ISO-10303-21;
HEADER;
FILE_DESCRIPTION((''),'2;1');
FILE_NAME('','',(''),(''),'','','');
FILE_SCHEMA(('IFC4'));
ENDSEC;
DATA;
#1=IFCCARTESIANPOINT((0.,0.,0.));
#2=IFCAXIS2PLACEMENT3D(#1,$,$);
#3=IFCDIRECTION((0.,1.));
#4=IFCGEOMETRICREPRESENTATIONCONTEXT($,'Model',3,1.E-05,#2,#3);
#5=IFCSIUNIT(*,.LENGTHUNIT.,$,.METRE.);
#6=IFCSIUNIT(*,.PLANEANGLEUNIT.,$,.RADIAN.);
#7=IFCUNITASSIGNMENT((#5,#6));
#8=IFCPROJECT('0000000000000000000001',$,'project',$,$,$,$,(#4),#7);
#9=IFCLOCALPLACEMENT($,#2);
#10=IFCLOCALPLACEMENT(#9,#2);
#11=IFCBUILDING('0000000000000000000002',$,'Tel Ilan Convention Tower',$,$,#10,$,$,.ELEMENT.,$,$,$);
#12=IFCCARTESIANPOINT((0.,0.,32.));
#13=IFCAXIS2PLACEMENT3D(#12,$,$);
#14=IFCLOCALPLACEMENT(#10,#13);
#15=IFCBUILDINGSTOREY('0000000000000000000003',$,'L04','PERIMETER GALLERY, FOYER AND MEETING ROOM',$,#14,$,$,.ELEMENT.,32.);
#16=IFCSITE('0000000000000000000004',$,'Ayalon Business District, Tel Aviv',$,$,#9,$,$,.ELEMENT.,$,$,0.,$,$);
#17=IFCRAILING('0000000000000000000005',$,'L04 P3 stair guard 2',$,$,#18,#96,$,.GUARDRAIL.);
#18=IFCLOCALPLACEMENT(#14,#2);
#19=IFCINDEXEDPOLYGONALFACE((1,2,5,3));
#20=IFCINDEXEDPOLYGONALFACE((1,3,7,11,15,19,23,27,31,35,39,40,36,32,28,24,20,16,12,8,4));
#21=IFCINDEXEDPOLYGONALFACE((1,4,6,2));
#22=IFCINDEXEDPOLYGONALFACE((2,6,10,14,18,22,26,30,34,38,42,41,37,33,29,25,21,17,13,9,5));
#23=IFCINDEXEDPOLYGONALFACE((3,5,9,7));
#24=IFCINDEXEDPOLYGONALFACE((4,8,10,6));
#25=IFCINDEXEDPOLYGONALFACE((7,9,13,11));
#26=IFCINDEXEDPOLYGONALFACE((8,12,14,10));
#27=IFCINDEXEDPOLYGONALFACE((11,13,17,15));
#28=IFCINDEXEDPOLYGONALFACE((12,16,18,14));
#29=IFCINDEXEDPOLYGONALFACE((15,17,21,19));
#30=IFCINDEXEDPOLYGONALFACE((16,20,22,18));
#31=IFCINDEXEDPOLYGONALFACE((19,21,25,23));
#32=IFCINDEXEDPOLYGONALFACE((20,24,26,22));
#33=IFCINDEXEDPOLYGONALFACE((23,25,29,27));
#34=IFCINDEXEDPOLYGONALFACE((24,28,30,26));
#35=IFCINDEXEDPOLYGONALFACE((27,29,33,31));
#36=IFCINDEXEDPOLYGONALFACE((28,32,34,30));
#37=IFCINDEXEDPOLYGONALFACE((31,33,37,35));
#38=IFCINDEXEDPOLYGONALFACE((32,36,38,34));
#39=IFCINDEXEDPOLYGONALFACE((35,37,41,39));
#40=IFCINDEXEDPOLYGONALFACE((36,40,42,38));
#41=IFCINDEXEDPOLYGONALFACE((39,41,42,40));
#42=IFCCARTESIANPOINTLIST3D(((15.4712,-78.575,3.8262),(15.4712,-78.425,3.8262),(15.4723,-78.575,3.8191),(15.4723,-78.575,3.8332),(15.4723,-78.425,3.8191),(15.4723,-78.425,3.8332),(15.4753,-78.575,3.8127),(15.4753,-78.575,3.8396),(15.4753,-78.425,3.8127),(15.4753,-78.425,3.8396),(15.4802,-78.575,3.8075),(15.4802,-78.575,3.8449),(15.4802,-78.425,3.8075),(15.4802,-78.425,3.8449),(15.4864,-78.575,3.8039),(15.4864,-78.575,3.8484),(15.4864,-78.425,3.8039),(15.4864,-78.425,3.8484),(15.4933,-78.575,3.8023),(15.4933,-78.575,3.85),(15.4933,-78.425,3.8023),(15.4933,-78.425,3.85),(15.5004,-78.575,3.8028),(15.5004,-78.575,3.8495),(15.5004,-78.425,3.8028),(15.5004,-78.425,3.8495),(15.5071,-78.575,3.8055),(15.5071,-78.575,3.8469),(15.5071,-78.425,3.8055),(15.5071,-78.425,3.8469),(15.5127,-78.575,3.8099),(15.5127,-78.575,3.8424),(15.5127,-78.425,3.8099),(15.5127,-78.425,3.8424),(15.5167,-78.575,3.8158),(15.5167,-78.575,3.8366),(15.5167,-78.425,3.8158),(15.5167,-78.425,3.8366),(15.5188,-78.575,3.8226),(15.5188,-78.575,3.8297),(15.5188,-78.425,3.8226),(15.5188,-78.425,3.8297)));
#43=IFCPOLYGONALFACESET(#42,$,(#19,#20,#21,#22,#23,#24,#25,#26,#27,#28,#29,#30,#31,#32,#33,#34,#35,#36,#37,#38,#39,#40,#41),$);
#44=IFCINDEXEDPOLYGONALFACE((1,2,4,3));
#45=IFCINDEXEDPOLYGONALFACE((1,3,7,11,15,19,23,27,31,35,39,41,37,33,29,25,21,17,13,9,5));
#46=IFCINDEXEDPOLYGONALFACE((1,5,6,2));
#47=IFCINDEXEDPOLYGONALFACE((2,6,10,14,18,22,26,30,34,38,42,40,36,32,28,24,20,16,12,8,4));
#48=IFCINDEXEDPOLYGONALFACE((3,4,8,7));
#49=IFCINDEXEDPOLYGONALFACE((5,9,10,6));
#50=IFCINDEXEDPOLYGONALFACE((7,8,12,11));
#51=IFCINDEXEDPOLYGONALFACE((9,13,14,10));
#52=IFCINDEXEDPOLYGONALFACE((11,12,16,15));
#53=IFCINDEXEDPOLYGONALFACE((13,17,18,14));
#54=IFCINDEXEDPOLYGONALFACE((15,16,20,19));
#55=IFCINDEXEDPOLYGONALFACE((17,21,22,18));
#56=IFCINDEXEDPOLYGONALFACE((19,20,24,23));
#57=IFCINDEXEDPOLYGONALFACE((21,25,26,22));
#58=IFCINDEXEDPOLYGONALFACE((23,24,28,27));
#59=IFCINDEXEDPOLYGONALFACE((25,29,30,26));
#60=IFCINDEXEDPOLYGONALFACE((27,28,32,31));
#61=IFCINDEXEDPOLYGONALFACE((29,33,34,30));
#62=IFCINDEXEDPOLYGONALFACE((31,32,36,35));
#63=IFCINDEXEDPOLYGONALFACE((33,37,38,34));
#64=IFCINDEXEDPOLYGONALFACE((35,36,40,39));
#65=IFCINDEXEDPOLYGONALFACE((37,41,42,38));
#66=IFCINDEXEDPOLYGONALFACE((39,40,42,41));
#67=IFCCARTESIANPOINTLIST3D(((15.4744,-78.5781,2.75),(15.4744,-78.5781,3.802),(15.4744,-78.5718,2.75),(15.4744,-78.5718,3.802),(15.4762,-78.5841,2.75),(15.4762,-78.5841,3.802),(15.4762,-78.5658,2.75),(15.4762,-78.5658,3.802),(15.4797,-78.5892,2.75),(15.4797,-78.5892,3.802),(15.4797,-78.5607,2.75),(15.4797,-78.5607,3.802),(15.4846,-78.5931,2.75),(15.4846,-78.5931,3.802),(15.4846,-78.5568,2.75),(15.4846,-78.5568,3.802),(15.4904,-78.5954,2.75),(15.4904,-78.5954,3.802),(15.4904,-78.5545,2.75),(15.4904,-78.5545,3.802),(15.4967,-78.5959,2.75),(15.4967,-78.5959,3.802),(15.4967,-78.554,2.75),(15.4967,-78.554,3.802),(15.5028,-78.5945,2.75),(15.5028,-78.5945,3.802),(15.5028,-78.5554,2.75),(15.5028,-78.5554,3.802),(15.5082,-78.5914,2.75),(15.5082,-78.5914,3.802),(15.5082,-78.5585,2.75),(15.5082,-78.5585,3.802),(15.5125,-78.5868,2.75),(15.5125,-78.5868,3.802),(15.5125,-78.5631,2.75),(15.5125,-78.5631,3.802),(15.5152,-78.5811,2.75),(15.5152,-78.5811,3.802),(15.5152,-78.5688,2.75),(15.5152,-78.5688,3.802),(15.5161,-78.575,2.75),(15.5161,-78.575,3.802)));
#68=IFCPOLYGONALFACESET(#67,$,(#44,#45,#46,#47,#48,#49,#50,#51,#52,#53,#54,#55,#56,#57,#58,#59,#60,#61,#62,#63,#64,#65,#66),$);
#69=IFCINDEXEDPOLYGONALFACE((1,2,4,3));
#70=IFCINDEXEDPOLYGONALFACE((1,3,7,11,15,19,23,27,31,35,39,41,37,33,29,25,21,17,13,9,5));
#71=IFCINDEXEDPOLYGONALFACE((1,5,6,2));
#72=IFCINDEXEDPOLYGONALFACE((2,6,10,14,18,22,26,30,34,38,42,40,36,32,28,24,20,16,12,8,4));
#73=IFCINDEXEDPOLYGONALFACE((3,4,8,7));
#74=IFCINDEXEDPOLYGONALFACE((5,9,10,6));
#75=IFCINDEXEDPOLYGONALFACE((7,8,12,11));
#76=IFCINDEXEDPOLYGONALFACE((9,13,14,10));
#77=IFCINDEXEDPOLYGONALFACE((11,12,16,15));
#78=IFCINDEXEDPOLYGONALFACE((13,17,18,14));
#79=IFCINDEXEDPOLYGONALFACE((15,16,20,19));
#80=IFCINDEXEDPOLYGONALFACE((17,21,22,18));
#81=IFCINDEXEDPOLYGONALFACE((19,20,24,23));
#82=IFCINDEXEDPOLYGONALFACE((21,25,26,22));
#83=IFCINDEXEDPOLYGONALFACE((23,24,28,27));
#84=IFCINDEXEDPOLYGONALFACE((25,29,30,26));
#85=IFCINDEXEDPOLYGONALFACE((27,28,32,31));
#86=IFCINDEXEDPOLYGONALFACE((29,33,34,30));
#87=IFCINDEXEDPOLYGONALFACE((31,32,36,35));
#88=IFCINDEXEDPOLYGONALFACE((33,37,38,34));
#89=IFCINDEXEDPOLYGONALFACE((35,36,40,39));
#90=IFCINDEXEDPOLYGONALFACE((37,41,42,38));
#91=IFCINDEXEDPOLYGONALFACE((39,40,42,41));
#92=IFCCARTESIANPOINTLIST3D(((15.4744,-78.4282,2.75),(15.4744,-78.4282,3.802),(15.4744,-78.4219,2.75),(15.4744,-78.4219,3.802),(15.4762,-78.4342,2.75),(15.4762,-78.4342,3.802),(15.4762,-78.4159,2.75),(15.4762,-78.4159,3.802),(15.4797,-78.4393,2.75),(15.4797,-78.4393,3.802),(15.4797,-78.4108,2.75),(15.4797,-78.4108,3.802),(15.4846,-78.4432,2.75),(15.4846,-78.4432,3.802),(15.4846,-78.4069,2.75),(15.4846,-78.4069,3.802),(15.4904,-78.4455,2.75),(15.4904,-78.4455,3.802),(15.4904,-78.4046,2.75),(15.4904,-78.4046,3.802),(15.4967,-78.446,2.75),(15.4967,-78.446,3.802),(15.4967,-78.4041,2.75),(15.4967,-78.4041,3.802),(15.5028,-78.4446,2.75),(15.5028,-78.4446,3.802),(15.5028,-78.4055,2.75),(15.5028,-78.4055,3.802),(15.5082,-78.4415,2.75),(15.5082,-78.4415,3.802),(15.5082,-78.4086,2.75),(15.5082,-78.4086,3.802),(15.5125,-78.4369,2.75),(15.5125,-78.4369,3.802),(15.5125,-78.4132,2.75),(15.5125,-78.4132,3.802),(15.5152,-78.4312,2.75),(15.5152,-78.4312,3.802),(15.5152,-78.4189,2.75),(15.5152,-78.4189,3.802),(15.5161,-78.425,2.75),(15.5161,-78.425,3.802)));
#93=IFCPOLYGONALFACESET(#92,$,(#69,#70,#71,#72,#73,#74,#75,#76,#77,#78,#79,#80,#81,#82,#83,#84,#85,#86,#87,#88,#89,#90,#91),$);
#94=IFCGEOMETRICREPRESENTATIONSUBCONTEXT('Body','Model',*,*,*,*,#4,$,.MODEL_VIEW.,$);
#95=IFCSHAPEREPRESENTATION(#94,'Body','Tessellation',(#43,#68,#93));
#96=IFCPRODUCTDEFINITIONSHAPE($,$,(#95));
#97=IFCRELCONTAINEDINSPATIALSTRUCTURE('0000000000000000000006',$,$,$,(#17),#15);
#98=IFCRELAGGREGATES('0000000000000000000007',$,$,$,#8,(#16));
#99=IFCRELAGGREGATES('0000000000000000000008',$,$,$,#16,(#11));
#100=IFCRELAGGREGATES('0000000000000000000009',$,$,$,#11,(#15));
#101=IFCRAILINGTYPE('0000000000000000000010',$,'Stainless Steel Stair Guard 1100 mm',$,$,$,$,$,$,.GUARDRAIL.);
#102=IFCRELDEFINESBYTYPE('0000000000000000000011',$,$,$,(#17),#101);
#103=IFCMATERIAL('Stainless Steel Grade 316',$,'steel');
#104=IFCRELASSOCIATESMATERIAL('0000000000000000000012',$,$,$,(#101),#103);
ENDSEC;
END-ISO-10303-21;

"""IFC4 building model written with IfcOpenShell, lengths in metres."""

from ifc_helpers import new_model, si_unit, direction, frame, origin, origin_2d, place, context, subcontext, project, spatial, circle, extrude, material, type_object, element, save


model = new_model("IFC4")

# Units and contexts
model_context = context("Model", 3, precision=1e-05, world=origin(), true_north=direction((0.0, 1.0)))
body_context = subcontext(model_context, "Body", "Model", "MODEL_VIEW")
ifc_project = project(units=[si_unit("LENGTHUNIT", "METRE"), si_unit("PLANEANGLEUNIT", "RADIAN")], contexts=[model_context])

# Site, building, storey
site_placement = place(None, origin())
site = spatial("IfcSite", under=ifc_project, at=site_placement, Name="Ayalon Business District, Tel Aviv", CompositionType="ELEMENT", RefElevation=0.0)
building_placement = place(site_placement, origin())
building = spatial("IfcBuilding", under=site, at=building_placement, Name="Tel Ilan Convention Tower", CompositionType="ELEMENT")
storey_placement = place(building_placement, frame((0.0, 0.0, 32.0)))
storey = spatial("IfcBuildingStorey", under=building, at=storey_placement, Name="L04", Description="PERIMETER GALLERY, FOYER AND MEETING ROOM", CompositionType="ELEMENT", Elevation=32.0)

# Railing
ifc_material_1 = material(Name="Stainless Steel Grade 316", Category="steel")
railing_type_1 = type_object("IfcRailingType", Name="Stainless Steel Stair Guard 1100 mm", PredefinedType="GUARDRAIL", material=ifc_material_1)
railing_1_placement = place(storey_placement, frame((15.4951, -78.575, 2.75)))
element("IfcRailing", 1, at=railing_1_placement, inside=storey, type_object=railing_type_1, Name="L04 P3 stair guard 2", PredefinedType="GUARDRAIL", context=body_context, shape_type="SweptSolid", body=[
    extrude(circle(Radius=0.0239, at=origin_2d()), frame((0.0, 0.0, 1.0762), z_axis=(0.0, 1.0, 0.0), x_axis=(-1.0, 0.0, 0.0)), (0.0, 0.0, 1.0), 0.1499),
    extrude(circle(Radius=0.021, at=origin_2d()), origin(), (0.0, 0.0, 1.0), 1.052),
    extrude(circle(Radius=0.021, at=origin_2d()), frame((0.0, 0.1499, 0.0)), (0.0, 0.0, 1.0), 1.052),
])

save(model, "model.ifc")
